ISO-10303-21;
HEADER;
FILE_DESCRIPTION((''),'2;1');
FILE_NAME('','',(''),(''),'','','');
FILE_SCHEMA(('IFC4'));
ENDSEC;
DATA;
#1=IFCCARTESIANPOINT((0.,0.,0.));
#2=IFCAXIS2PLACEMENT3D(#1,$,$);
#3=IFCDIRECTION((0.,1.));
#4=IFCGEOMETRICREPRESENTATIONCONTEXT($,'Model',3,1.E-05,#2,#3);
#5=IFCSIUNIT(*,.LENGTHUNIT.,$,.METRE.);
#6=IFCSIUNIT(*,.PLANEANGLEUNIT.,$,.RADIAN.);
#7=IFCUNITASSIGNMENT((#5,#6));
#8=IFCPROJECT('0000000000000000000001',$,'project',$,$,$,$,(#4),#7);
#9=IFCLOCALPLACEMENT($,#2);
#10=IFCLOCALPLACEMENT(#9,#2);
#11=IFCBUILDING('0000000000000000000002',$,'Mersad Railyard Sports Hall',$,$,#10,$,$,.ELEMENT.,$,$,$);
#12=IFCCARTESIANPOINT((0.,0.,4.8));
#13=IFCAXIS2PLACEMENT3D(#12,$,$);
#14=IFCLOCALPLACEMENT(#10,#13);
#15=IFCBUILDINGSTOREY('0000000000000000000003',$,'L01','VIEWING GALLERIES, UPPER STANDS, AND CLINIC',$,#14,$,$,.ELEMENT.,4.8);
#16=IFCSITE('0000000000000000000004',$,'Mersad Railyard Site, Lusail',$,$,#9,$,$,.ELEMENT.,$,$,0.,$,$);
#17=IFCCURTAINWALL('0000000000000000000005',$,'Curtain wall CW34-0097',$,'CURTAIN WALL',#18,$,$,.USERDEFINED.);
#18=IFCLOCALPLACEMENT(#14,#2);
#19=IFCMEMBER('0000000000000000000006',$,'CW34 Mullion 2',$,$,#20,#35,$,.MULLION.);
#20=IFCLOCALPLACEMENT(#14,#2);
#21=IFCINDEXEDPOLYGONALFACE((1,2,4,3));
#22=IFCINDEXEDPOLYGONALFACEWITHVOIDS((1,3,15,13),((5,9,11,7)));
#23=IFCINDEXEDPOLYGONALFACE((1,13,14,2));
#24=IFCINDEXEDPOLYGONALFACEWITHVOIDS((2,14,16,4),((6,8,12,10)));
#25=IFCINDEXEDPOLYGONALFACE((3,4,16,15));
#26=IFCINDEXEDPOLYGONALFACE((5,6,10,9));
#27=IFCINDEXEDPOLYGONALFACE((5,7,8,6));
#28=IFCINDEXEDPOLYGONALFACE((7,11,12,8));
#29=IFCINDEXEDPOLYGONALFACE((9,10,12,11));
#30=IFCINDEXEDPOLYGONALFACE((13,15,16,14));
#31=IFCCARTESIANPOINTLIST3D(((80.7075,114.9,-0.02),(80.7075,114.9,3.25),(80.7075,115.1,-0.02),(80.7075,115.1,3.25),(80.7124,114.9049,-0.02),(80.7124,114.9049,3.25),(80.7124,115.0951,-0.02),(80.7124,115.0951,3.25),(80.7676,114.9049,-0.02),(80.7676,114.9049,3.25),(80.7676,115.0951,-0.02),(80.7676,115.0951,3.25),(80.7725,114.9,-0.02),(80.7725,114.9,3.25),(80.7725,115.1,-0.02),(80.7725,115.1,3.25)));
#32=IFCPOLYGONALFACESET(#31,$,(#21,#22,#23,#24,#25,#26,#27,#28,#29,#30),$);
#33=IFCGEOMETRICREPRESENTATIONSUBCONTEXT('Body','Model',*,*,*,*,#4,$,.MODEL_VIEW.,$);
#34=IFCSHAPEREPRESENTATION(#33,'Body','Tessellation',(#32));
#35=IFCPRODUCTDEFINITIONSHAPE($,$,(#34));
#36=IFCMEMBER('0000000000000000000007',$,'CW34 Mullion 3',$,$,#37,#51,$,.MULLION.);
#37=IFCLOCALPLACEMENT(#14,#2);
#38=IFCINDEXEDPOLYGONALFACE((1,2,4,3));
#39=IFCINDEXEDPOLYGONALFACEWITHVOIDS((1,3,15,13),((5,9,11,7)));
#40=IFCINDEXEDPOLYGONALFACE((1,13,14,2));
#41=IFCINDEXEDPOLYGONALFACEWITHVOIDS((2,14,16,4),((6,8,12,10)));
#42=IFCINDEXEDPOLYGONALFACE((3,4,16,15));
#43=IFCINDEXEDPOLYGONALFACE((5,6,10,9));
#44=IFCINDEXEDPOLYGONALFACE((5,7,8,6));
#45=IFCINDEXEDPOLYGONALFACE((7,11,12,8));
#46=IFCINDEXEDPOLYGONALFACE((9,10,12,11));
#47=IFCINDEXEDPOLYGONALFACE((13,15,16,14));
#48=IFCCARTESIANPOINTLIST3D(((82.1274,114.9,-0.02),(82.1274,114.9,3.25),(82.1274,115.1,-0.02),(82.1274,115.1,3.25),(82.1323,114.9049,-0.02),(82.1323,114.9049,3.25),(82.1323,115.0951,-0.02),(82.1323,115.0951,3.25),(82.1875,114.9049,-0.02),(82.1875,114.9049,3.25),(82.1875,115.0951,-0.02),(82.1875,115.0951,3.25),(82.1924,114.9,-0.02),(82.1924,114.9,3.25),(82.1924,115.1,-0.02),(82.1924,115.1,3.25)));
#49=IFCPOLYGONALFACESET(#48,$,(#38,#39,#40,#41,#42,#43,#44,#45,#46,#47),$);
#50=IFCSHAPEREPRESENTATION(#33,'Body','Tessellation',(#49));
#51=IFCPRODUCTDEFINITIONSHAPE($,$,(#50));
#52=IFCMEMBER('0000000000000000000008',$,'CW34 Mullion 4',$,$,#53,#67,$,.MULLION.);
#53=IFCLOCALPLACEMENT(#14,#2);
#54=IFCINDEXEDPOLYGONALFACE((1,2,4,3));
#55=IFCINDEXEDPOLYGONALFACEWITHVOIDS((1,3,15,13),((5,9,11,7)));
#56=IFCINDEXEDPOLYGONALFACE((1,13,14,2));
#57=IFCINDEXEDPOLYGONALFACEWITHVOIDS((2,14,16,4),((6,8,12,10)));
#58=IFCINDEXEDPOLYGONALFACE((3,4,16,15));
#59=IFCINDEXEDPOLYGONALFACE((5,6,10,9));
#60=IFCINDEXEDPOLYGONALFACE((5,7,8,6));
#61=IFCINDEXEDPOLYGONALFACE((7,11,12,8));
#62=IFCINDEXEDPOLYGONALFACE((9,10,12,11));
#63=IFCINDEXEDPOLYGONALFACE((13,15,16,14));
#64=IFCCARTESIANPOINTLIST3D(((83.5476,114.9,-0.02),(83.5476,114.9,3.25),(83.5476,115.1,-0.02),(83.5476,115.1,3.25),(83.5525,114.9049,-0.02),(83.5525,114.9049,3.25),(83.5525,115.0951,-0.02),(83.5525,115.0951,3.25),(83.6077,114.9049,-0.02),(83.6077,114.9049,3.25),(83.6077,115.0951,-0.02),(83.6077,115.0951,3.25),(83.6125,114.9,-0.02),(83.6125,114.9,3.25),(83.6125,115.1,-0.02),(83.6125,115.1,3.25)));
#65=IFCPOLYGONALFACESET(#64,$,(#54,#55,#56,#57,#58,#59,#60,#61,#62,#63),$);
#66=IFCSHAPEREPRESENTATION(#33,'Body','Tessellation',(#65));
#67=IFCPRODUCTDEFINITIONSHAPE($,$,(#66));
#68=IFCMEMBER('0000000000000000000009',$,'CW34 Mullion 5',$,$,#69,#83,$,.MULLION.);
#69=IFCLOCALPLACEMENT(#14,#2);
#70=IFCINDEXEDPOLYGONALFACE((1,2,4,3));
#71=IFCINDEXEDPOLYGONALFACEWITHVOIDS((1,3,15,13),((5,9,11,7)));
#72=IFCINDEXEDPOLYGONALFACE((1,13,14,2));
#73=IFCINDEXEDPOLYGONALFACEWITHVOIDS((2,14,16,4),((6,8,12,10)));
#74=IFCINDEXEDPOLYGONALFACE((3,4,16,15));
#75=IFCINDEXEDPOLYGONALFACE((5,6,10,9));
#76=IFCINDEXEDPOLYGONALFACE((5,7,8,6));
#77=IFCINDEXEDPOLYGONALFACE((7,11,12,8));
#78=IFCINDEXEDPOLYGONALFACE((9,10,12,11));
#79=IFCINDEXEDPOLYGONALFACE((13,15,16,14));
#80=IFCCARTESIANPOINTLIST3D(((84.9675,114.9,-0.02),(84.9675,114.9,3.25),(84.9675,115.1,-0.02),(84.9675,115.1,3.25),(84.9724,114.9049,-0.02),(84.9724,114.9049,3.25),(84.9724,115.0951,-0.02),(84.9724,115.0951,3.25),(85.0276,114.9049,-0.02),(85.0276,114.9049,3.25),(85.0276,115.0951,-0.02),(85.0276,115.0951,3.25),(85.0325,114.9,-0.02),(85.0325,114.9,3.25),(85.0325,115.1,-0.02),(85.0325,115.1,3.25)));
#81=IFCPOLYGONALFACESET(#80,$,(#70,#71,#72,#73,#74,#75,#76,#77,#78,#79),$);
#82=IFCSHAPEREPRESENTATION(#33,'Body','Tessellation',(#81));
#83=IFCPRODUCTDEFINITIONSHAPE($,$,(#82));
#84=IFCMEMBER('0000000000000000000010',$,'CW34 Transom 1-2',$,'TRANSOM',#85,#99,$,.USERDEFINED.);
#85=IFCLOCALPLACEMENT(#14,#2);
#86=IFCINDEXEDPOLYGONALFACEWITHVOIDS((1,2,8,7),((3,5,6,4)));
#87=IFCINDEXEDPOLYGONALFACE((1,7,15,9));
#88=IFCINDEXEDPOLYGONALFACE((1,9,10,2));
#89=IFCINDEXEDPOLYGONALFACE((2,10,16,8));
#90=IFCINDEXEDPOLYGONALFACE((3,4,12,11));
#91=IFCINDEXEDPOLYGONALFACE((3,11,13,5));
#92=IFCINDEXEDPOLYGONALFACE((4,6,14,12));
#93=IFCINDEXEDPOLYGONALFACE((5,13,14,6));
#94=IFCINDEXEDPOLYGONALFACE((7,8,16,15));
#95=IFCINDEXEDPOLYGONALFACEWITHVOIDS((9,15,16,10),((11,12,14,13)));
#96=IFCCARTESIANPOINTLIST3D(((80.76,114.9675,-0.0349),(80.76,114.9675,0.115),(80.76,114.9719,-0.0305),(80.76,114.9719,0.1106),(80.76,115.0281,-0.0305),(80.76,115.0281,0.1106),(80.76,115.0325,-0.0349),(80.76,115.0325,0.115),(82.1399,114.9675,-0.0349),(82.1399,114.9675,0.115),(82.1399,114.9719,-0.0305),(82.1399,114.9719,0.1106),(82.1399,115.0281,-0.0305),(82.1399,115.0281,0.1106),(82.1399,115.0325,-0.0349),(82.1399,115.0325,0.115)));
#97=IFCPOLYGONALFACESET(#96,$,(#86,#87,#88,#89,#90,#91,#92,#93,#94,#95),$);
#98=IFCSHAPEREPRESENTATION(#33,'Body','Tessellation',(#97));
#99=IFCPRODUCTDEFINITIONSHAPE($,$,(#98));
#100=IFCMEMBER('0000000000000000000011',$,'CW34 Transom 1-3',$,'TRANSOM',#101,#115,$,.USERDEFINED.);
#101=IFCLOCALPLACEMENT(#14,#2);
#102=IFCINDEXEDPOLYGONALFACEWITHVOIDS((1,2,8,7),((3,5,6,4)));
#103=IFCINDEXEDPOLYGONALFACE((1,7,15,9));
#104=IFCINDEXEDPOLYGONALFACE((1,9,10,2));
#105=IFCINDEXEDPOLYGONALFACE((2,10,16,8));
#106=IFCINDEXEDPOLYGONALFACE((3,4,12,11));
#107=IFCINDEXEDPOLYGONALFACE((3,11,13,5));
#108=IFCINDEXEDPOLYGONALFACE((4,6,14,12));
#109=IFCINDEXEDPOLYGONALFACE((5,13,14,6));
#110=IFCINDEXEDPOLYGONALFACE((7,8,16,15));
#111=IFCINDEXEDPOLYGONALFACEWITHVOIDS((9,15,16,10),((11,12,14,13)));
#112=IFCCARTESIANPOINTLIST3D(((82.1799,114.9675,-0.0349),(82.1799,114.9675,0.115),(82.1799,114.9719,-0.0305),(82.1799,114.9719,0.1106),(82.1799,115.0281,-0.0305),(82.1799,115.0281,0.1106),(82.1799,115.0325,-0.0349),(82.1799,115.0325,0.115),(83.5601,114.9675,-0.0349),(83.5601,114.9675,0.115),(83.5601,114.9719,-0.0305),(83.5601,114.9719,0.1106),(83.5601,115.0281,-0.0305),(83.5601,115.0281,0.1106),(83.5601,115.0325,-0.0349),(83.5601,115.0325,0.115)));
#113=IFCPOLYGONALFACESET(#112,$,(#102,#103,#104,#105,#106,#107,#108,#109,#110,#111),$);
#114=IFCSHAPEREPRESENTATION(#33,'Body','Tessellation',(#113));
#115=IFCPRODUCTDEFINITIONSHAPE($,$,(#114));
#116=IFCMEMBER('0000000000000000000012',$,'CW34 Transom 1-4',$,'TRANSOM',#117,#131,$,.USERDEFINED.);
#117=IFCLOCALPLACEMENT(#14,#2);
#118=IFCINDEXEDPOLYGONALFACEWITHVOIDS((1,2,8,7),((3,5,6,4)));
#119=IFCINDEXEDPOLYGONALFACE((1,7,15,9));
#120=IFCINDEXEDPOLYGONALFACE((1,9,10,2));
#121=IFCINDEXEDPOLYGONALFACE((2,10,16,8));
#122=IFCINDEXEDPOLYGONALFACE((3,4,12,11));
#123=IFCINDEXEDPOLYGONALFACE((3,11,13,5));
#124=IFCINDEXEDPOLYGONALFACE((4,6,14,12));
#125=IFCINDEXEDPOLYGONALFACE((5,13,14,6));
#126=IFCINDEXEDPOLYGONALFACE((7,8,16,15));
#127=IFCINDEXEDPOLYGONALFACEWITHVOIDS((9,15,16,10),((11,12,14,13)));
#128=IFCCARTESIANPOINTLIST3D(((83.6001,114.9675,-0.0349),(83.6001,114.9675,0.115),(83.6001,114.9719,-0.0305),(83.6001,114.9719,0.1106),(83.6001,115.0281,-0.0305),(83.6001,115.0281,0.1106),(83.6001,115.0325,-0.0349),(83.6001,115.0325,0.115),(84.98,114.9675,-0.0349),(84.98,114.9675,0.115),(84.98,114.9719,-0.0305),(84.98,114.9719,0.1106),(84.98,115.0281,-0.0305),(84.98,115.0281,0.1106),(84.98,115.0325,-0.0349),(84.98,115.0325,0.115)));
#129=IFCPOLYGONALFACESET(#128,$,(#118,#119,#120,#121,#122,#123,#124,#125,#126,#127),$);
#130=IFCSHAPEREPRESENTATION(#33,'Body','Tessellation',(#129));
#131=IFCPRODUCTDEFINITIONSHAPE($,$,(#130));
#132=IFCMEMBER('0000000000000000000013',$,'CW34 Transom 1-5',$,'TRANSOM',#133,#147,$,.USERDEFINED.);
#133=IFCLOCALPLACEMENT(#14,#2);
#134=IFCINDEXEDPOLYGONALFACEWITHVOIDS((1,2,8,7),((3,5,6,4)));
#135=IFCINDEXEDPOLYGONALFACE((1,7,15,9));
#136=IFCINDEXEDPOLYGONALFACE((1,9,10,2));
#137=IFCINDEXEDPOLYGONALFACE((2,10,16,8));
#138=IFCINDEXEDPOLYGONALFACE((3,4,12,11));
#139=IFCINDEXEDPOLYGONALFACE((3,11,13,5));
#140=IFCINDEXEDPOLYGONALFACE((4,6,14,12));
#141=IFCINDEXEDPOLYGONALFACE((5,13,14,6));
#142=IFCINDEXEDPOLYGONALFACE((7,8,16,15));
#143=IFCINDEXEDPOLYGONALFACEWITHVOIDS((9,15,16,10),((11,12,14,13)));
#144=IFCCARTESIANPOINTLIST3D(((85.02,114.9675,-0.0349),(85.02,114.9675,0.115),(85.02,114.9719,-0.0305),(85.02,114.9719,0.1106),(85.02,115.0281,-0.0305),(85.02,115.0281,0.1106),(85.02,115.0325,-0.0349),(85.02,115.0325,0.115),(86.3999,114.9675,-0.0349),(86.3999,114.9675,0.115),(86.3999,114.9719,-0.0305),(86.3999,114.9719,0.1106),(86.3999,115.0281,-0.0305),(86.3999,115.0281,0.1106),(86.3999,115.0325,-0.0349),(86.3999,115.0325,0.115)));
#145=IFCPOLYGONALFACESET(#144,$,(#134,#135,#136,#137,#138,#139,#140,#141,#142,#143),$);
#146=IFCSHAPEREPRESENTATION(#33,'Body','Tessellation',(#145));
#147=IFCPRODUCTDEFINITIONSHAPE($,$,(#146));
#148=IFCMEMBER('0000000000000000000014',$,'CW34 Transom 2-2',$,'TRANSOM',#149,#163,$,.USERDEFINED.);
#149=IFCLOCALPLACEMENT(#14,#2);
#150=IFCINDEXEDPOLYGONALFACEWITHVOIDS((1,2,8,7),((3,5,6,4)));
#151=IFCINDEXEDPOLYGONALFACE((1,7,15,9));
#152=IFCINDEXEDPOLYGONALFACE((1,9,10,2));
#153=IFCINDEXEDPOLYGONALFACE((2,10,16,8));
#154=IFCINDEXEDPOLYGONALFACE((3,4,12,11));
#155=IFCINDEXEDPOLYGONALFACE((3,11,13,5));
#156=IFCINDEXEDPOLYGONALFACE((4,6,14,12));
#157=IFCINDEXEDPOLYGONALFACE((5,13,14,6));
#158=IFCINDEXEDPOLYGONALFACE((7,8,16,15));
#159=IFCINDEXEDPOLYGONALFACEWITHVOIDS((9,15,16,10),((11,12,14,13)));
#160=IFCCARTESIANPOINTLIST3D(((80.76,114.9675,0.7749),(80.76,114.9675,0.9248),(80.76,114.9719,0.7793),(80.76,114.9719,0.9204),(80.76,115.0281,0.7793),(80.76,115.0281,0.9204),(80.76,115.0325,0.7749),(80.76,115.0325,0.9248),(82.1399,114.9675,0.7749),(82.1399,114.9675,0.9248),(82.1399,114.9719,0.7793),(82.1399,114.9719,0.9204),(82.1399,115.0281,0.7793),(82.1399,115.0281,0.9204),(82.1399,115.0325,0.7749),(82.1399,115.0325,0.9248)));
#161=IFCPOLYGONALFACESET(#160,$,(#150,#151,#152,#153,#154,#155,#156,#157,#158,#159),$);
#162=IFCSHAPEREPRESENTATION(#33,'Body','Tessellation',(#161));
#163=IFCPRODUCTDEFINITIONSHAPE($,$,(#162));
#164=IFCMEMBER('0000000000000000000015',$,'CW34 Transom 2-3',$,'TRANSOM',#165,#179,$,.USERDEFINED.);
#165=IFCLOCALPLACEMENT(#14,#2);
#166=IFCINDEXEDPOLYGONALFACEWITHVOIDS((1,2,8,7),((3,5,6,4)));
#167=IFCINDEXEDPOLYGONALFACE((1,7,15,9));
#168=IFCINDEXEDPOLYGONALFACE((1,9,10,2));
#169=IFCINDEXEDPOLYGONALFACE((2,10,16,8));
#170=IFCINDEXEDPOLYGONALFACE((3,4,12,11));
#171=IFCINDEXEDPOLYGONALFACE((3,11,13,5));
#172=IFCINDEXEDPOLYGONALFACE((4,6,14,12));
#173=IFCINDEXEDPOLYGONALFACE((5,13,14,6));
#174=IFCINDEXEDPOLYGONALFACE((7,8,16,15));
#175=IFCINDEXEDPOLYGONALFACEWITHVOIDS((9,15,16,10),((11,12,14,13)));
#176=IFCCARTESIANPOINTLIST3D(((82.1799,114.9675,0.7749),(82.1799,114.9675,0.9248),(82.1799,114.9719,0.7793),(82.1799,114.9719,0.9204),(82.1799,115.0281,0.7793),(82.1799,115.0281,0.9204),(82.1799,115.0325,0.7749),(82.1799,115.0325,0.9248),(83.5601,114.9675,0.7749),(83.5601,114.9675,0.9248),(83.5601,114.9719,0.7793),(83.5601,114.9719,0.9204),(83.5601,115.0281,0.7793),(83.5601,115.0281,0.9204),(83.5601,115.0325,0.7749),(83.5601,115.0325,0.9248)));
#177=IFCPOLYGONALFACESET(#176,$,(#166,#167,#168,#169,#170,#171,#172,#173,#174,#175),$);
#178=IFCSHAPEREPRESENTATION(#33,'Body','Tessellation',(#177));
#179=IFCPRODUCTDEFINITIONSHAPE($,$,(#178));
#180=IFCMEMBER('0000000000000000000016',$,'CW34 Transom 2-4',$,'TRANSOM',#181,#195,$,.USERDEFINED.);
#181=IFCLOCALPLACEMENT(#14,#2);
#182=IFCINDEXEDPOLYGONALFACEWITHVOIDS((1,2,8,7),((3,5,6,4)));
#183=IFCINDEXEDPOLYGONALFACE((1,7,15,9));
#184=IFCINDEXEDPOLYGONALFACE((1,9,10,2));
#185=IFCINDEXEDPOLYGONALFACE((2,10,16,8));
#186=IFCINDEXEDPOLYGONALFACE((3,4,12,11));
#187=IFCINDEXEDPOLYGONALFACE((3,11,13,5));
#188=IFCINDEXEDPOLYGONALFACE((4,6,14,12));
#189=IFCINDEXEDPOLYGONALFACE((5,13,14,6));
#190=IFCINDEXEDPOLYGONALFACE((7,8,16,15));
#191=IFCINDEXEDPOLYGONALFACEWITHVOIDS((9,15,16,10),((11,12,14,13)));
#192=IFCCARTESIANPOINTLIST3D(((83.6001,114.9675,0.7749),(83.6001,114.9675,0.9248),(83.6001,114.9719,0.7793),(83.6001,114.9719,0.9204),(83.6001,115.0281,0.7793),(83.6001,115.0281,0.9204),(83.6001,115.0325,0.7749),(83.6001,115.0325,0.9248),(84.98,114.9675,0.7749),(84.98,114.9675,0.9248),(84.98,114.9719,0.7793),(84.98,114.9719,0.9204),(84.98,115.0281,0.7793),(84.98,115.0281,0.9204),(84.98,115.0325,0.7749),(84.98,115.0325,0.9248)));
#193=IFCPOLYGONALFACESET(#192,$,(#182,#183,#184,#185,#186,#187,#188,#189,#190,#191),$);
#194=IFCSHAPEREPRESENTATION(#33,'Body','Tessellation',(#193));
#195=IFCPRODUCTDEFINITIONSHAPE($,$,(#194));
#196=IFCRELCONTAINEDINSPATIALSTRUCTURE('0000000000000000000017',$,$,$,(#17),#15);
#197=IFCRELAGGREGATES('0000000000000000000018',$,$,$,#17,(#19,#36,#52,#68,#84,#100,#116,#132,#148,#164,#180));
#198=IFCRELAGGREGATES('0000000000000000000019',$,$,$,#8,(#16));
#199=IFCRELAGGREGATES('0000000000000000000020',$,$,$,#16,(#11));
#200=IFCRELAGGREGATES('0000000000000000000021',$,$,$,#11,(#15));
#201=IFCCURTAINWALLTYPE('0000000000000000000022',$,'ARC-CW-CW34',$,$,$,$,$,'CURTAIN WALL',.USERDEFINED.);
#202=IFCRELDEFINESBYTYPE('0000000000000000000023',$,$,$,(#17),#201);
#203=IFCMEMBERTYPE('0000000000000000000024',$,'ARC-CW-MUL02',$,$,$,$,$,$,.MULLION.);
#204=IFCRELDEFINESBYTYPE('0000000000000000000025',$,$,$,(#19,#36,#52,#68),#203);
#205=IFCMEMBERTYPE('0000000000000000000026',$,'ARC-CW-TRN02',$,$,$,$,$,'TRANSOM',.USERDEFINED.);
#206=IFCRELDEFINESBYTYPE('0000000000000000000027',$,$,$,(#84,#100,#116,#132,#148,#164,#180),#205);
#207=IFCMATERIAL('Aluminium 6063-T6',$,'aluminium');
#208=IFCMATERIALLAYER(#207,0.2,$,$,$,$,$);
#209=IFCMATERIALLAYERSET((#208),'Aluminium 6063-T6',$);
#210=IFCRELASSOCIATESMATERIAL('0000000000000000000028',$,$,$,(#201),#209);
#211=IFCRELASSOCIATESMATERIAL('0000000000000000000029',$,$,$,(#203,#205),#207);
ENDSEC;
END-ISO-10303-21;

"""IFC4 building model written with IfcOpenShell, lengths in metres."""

from ifc_helpers import new_model, si_unit, direction, frame, origin, origin_2d, place, context, subcontext, project, spatial, hollow_rectangle, extrude, material, layer, layer_set, material_profile, profile_set, type_object, element, aggregate, save


model = new_model("IFC4")

# Units and contexts
model_context = context("Model", 3, precision=1e-05, world=origin(), true_north=direction((0.0, 1.0)))
body_context = subcontext(model_context, "Body", "Model", "MODEL_VIEW")
ifc_project = project(units=[si_unit("LENGTHUNIT", "METRE"), si_unit("PLANEANGLEUNIT", "RADIAN")], contexts=[model_context])

# Site, building, storey
site_placement = place(None, origin())
site = spatial("IfcSite", under=ifc_project, at=site_placement, Name="Mersad Railyard Site, Lusail", CompositionType="ELEMENT", RefElevation=0.0)
building_placement = place(site_placement, origin())
building = spatial("IfcBuilding", under=site, at=building_placement, Name="Mersad Railyard Sports Hall", CompositionType="ELEMENT")
storey_placement = place(building_placement, frame((0.0, 0.0, 4.8)))
storey = spatial("IfcBuildingStorey", under=building, at=storey_placement, Name="L01", Description="VIEWING GALLERIES, UPPER STANDS, AND CLINIC", CompositionType="ELEMENT", Elevation=4.8)

# Curtain wall, members
ifc_material_1 = material(Name="Aluminium 6063-T6", Category="aluminium")
ifc_layer_1 = layer(ifc_material_1, 0.2)
ifc_layer_set_1 = layer_set([ifc_layer_1], Name="Aluminium 6063-T6")
curtain_wall_type = type_object("IfcCurtainWallType", Name="ARC-CW-CW34", ElementType="CURTAIN WALL", PredefinedType="USERDEFINED", material=ifc_layer_set_1)
curtain_wall_placement = place(storey_placement, origin())
curtain_wall = element("IfcCurtainWall", 1, at=curtain_wall_placement, inside=storey, type_object=curtain_wall_type, Name="Curtain wall CW34-0097", ObjectType="CURTAIN WALL", PredefinedType="USERDEFINED")
ifc_material_profile_1 = material_profile(ifc_material_1, hollow_rectangle(XDim=0.0649, YDim=0.2, WallThickness=0.0049, at=origin_2d()), Name="AL MULLION 65x200x5")
ifc_profile_set_1 = profile_set([ifc_material_profile_1], Name="Aluminium 6063-T6")
member_type_1 = type_object("IfcMemberType", Name="ARC-CW-MUL02", PredefinedType="MULLION", material=ifc_profile_set_1)
member_1_placement = place(storey_placement, frame((80.74, 115.0, -0.02), z_axis=(0.0, 0.0, 1.0), x_axis=(1.0, 0.0, 0.0)))
member_1 = element("IfcMember", 2, at=member_1_placement, type_object=member_type_1, Name="CW34 Mullion 2", PredefinedType="MULLION", context=body_context, shape_type="SweptSolid", body=[
    extrude(hollow_rectangle(XDim=0.0649, YDim=0.2, WallThickness=0.0049, at=origin_2d()), origin(), (0.0, 0.0, 1.0), 3.27),
])
member_2_placement = place(storey_placement, frame((82.1599, 115.0, -0.02), z_axis=(0.0, 0.0, 1.0), x_axis=(1.0, 0.0, 0.0)))
member_2 = element("IfcMember", 3, at=member_2_placement, type_object=member_type_1, Name="CW34 Mullion 3", PredefinedType="MULLION", context=body_context, shape_type="SweptSolid", body=[
    extrude(hollow_rectangle(XDim=0.0649, YDim=0.2, WallThickness=0.0049, at=origin_2d()), origin(), (0.0, 0.0, 1.0), 3.27),
])
member_3_placement = place(storey_placement, frame((83.5801, 115.0, -0.02), z_axis=(0.0, 0.0, 1.0), x_axis=(1.0, 0.0, 0.0)))
member_3 = element("IfcMember", 4, at=member_3_placement, type_object=member_type_1, Name="CW34 Mullion 4", PredefinedType="MULLION", context=body_context, shape_type="SweptSolid", body=[
    extrude(hollow_rectangle(XDim=0.0649, YDim=0.2, WallThickness=0.0049, at=origin_2d()), origin(), (0.0, 0.0, 1.0), 3.27),
])
member_4_placement = place(storey_placement, frame((85.0, 115.0, -0.02), z_axis=(0.0, 0.0, 1.0), x_axis=(1.0, 0.0, 0.0)))
member_4 = element("IfcMember", 5, at=member_4_placement, type_object=member_type_1, Name="CW34 Mullion 5", PredefinedType="MULLION", context=body_context, shape_type="SweptSolid", body=[
    extrude(hollow_rectangle(XDim=0.0649, YDim=0.2, WallThickness=0.0049, at=origin_2d()), origin(), (0.0, 0.0, 1.0), 3.27),
])
ifc_material_profile_2 = material_profile(ifc_material_1, hollow_rectangle(XDim=0.0649, YDim=0.1499, WallThickness=0.0044, at=origin_2d()), Name="AL TRANSOM 65x150x4.5")
ifc_profile_set_2 = profile_set([ifc_material_profile_2], Name="Aluminium 6063-T6")
member_type_2 = type_object("IfcMemberType", Name="ARC-CW-TRN02", ElementType="TRANSOM", PredefinedType="USERDEFINED", material=ifc_profile_set_2)
member_5_placement = place(storey_placement, frame((80.76, 115.0, 0.04), z_axis=(1.0, 0.0, 0.0), x_axis=(0.0, 1.0, 0.0)))
member_5 = element("IfcMember", 6, at=member_5_placement, type_object=member_type_2, Name="CW34 Transom 1-2", ObjectType="TRANSOM", PredefinedType="USERDEFINED", context=body_context, shape_type="SweptSolid", body=[
    extrude(hollow_rectangle(XDim=0.0649, YDim=0.1499, WallThickness=0.0044, at=origin_2d()), origin(), (0.0, 0.0, 1.0), 1.3799),
])
member_6_placement = place(storey_placement, frame((82.1799, 115.0, 0.04), z_axis=(1.0, 0.0, 0.0), x_axis=(0.0, 1.0, 0.0)))
member_6 = element("IfcMember", 7, at=member_6_placement, type_object=member_type_2, Name="CW34 Transom 1-3", ObjectType="TRANSOM", PredefinedType="USERDEFINED", context=body_context, shape_type="SweptSolid", body=[
    extrude(hollow_rectangle(XDim=0.0649, YDim=0.1499, WallThickness=0.0044, at=origin_2d()), origin(), (0.0, 0.0, 1.0), 1.3801),
])
member_7_placement = place(storey_placement, frame((83.6001, 115.0, 0.04), z_axis=(1.0, 0.0, 0.0), x_axis=(0.0, 1.0, 0.0)))
member_7 = element("IfcMember", 8, at=member_7_placement, type_object=member_type_2, Name="CW34 Transom 1-4", ObjectType="TRANSOM", PredefinedType="USERDEFINED", context=body_context, shape_type="SweptSolid", body=[
    extrude(hollow_rectangle(XDim=0.0649, YDim=0.1499, WallThickness=0.0044, at=origin_2d()), origin(), (0.0, 0.0, 1.0), 1.3799),
])
member_8_placement = place(storey_placement, frame((85.02, 115.0, 0.04), z_axis=(1.0, 0.0, 0.0), x_axis=(0.0, 1.0, 0.0)))
member_8 = element("IfcMember", 9, at=member_8_placement, type_object=member_type_2, Name="CW34 Transom 1-5", ObjectType="TRANSOM", PredefinedType="USERDEFINED", context=body_context, shape_type="SweptSolid", body=[
    extrude(hollow_rectangle(XDim=0.0649, YDim=0.1499, WallThickness=0.0044, at=origin_2d()), origin(), (0.0, 0.0, 1.0), 1.3799),
])
member_9_placement = place(storey_placement, frame((80.76, 115.0, 0.8499), z_axis=(1.0, 0.0, 0.0), x_axis=(0.0, 1.0, 0.0)))
member_9 = element("IfcMember", 10, at=member_9_placement, type_object=member_type_2, Name="CW34 Transom 2-2", ObjectType="TRANSOM", PredefinedType="USERDEFINED", context=body_context, shape_type="SweptSolid", body=[
    extrude(hollow_rectangle(XDim=0.0649, YDim=0.1499, WallThickness=0.0044, at=origin_2d()), origin(), (0.0, 0.0, 1.0), 1.3799),
])
member_10_placement = place(storey_placement, frame((82.1799, 115.0, 0.8499), z_axis=(1.0, 0.0, 0.0), x_axis=(0.0, 1.0, 0.0)))
member_10 = element("IfcMember", 11, at=member_10_placement, type_object=member_type_2, Name="CW34 Transom 2-3", ObjectType="TRANSOM", PredefinedType="USERDEFINED", context=body_context, shape_type="SweptSolid", body=[
    extrude(hollow_rectangle(XDim=0.0649, YDim=0.1499, WallThickness=0.0044, at=origin_2d()), origin(), (0.0, 0.0, 1.0), 1.3801),
])
member_11_placement = place(storey_placement, frame((83.6001, 115.0, 0.8499), z_axis=(1.0, 0.0, 0.0), x_axis=(0.0, 1.0, 0.0)))
member_11 = element("IfcMember", 12, at=member_11_placement, type_object=member_type_2, Name="CW34 Transom 2-4", ObjectType="TRANSOM", PredefinedType="USERDEFINED", context=body_context, shape_type="SweptSolid", body=[
    extrude(hollow_rectangle(XDim=0.0649, YDim=0.1499, WallThickness=0.0044, at=origin_2d()), origin(), (0.0, 0.0, 1.0), 1.3799),
])
aggregate(curtain_wall, [member_1, member_2, member_3, member_4, member_5, member_6, member_7, member_8, member_9, member_10, member_11])

save(model, "model.ifc")
